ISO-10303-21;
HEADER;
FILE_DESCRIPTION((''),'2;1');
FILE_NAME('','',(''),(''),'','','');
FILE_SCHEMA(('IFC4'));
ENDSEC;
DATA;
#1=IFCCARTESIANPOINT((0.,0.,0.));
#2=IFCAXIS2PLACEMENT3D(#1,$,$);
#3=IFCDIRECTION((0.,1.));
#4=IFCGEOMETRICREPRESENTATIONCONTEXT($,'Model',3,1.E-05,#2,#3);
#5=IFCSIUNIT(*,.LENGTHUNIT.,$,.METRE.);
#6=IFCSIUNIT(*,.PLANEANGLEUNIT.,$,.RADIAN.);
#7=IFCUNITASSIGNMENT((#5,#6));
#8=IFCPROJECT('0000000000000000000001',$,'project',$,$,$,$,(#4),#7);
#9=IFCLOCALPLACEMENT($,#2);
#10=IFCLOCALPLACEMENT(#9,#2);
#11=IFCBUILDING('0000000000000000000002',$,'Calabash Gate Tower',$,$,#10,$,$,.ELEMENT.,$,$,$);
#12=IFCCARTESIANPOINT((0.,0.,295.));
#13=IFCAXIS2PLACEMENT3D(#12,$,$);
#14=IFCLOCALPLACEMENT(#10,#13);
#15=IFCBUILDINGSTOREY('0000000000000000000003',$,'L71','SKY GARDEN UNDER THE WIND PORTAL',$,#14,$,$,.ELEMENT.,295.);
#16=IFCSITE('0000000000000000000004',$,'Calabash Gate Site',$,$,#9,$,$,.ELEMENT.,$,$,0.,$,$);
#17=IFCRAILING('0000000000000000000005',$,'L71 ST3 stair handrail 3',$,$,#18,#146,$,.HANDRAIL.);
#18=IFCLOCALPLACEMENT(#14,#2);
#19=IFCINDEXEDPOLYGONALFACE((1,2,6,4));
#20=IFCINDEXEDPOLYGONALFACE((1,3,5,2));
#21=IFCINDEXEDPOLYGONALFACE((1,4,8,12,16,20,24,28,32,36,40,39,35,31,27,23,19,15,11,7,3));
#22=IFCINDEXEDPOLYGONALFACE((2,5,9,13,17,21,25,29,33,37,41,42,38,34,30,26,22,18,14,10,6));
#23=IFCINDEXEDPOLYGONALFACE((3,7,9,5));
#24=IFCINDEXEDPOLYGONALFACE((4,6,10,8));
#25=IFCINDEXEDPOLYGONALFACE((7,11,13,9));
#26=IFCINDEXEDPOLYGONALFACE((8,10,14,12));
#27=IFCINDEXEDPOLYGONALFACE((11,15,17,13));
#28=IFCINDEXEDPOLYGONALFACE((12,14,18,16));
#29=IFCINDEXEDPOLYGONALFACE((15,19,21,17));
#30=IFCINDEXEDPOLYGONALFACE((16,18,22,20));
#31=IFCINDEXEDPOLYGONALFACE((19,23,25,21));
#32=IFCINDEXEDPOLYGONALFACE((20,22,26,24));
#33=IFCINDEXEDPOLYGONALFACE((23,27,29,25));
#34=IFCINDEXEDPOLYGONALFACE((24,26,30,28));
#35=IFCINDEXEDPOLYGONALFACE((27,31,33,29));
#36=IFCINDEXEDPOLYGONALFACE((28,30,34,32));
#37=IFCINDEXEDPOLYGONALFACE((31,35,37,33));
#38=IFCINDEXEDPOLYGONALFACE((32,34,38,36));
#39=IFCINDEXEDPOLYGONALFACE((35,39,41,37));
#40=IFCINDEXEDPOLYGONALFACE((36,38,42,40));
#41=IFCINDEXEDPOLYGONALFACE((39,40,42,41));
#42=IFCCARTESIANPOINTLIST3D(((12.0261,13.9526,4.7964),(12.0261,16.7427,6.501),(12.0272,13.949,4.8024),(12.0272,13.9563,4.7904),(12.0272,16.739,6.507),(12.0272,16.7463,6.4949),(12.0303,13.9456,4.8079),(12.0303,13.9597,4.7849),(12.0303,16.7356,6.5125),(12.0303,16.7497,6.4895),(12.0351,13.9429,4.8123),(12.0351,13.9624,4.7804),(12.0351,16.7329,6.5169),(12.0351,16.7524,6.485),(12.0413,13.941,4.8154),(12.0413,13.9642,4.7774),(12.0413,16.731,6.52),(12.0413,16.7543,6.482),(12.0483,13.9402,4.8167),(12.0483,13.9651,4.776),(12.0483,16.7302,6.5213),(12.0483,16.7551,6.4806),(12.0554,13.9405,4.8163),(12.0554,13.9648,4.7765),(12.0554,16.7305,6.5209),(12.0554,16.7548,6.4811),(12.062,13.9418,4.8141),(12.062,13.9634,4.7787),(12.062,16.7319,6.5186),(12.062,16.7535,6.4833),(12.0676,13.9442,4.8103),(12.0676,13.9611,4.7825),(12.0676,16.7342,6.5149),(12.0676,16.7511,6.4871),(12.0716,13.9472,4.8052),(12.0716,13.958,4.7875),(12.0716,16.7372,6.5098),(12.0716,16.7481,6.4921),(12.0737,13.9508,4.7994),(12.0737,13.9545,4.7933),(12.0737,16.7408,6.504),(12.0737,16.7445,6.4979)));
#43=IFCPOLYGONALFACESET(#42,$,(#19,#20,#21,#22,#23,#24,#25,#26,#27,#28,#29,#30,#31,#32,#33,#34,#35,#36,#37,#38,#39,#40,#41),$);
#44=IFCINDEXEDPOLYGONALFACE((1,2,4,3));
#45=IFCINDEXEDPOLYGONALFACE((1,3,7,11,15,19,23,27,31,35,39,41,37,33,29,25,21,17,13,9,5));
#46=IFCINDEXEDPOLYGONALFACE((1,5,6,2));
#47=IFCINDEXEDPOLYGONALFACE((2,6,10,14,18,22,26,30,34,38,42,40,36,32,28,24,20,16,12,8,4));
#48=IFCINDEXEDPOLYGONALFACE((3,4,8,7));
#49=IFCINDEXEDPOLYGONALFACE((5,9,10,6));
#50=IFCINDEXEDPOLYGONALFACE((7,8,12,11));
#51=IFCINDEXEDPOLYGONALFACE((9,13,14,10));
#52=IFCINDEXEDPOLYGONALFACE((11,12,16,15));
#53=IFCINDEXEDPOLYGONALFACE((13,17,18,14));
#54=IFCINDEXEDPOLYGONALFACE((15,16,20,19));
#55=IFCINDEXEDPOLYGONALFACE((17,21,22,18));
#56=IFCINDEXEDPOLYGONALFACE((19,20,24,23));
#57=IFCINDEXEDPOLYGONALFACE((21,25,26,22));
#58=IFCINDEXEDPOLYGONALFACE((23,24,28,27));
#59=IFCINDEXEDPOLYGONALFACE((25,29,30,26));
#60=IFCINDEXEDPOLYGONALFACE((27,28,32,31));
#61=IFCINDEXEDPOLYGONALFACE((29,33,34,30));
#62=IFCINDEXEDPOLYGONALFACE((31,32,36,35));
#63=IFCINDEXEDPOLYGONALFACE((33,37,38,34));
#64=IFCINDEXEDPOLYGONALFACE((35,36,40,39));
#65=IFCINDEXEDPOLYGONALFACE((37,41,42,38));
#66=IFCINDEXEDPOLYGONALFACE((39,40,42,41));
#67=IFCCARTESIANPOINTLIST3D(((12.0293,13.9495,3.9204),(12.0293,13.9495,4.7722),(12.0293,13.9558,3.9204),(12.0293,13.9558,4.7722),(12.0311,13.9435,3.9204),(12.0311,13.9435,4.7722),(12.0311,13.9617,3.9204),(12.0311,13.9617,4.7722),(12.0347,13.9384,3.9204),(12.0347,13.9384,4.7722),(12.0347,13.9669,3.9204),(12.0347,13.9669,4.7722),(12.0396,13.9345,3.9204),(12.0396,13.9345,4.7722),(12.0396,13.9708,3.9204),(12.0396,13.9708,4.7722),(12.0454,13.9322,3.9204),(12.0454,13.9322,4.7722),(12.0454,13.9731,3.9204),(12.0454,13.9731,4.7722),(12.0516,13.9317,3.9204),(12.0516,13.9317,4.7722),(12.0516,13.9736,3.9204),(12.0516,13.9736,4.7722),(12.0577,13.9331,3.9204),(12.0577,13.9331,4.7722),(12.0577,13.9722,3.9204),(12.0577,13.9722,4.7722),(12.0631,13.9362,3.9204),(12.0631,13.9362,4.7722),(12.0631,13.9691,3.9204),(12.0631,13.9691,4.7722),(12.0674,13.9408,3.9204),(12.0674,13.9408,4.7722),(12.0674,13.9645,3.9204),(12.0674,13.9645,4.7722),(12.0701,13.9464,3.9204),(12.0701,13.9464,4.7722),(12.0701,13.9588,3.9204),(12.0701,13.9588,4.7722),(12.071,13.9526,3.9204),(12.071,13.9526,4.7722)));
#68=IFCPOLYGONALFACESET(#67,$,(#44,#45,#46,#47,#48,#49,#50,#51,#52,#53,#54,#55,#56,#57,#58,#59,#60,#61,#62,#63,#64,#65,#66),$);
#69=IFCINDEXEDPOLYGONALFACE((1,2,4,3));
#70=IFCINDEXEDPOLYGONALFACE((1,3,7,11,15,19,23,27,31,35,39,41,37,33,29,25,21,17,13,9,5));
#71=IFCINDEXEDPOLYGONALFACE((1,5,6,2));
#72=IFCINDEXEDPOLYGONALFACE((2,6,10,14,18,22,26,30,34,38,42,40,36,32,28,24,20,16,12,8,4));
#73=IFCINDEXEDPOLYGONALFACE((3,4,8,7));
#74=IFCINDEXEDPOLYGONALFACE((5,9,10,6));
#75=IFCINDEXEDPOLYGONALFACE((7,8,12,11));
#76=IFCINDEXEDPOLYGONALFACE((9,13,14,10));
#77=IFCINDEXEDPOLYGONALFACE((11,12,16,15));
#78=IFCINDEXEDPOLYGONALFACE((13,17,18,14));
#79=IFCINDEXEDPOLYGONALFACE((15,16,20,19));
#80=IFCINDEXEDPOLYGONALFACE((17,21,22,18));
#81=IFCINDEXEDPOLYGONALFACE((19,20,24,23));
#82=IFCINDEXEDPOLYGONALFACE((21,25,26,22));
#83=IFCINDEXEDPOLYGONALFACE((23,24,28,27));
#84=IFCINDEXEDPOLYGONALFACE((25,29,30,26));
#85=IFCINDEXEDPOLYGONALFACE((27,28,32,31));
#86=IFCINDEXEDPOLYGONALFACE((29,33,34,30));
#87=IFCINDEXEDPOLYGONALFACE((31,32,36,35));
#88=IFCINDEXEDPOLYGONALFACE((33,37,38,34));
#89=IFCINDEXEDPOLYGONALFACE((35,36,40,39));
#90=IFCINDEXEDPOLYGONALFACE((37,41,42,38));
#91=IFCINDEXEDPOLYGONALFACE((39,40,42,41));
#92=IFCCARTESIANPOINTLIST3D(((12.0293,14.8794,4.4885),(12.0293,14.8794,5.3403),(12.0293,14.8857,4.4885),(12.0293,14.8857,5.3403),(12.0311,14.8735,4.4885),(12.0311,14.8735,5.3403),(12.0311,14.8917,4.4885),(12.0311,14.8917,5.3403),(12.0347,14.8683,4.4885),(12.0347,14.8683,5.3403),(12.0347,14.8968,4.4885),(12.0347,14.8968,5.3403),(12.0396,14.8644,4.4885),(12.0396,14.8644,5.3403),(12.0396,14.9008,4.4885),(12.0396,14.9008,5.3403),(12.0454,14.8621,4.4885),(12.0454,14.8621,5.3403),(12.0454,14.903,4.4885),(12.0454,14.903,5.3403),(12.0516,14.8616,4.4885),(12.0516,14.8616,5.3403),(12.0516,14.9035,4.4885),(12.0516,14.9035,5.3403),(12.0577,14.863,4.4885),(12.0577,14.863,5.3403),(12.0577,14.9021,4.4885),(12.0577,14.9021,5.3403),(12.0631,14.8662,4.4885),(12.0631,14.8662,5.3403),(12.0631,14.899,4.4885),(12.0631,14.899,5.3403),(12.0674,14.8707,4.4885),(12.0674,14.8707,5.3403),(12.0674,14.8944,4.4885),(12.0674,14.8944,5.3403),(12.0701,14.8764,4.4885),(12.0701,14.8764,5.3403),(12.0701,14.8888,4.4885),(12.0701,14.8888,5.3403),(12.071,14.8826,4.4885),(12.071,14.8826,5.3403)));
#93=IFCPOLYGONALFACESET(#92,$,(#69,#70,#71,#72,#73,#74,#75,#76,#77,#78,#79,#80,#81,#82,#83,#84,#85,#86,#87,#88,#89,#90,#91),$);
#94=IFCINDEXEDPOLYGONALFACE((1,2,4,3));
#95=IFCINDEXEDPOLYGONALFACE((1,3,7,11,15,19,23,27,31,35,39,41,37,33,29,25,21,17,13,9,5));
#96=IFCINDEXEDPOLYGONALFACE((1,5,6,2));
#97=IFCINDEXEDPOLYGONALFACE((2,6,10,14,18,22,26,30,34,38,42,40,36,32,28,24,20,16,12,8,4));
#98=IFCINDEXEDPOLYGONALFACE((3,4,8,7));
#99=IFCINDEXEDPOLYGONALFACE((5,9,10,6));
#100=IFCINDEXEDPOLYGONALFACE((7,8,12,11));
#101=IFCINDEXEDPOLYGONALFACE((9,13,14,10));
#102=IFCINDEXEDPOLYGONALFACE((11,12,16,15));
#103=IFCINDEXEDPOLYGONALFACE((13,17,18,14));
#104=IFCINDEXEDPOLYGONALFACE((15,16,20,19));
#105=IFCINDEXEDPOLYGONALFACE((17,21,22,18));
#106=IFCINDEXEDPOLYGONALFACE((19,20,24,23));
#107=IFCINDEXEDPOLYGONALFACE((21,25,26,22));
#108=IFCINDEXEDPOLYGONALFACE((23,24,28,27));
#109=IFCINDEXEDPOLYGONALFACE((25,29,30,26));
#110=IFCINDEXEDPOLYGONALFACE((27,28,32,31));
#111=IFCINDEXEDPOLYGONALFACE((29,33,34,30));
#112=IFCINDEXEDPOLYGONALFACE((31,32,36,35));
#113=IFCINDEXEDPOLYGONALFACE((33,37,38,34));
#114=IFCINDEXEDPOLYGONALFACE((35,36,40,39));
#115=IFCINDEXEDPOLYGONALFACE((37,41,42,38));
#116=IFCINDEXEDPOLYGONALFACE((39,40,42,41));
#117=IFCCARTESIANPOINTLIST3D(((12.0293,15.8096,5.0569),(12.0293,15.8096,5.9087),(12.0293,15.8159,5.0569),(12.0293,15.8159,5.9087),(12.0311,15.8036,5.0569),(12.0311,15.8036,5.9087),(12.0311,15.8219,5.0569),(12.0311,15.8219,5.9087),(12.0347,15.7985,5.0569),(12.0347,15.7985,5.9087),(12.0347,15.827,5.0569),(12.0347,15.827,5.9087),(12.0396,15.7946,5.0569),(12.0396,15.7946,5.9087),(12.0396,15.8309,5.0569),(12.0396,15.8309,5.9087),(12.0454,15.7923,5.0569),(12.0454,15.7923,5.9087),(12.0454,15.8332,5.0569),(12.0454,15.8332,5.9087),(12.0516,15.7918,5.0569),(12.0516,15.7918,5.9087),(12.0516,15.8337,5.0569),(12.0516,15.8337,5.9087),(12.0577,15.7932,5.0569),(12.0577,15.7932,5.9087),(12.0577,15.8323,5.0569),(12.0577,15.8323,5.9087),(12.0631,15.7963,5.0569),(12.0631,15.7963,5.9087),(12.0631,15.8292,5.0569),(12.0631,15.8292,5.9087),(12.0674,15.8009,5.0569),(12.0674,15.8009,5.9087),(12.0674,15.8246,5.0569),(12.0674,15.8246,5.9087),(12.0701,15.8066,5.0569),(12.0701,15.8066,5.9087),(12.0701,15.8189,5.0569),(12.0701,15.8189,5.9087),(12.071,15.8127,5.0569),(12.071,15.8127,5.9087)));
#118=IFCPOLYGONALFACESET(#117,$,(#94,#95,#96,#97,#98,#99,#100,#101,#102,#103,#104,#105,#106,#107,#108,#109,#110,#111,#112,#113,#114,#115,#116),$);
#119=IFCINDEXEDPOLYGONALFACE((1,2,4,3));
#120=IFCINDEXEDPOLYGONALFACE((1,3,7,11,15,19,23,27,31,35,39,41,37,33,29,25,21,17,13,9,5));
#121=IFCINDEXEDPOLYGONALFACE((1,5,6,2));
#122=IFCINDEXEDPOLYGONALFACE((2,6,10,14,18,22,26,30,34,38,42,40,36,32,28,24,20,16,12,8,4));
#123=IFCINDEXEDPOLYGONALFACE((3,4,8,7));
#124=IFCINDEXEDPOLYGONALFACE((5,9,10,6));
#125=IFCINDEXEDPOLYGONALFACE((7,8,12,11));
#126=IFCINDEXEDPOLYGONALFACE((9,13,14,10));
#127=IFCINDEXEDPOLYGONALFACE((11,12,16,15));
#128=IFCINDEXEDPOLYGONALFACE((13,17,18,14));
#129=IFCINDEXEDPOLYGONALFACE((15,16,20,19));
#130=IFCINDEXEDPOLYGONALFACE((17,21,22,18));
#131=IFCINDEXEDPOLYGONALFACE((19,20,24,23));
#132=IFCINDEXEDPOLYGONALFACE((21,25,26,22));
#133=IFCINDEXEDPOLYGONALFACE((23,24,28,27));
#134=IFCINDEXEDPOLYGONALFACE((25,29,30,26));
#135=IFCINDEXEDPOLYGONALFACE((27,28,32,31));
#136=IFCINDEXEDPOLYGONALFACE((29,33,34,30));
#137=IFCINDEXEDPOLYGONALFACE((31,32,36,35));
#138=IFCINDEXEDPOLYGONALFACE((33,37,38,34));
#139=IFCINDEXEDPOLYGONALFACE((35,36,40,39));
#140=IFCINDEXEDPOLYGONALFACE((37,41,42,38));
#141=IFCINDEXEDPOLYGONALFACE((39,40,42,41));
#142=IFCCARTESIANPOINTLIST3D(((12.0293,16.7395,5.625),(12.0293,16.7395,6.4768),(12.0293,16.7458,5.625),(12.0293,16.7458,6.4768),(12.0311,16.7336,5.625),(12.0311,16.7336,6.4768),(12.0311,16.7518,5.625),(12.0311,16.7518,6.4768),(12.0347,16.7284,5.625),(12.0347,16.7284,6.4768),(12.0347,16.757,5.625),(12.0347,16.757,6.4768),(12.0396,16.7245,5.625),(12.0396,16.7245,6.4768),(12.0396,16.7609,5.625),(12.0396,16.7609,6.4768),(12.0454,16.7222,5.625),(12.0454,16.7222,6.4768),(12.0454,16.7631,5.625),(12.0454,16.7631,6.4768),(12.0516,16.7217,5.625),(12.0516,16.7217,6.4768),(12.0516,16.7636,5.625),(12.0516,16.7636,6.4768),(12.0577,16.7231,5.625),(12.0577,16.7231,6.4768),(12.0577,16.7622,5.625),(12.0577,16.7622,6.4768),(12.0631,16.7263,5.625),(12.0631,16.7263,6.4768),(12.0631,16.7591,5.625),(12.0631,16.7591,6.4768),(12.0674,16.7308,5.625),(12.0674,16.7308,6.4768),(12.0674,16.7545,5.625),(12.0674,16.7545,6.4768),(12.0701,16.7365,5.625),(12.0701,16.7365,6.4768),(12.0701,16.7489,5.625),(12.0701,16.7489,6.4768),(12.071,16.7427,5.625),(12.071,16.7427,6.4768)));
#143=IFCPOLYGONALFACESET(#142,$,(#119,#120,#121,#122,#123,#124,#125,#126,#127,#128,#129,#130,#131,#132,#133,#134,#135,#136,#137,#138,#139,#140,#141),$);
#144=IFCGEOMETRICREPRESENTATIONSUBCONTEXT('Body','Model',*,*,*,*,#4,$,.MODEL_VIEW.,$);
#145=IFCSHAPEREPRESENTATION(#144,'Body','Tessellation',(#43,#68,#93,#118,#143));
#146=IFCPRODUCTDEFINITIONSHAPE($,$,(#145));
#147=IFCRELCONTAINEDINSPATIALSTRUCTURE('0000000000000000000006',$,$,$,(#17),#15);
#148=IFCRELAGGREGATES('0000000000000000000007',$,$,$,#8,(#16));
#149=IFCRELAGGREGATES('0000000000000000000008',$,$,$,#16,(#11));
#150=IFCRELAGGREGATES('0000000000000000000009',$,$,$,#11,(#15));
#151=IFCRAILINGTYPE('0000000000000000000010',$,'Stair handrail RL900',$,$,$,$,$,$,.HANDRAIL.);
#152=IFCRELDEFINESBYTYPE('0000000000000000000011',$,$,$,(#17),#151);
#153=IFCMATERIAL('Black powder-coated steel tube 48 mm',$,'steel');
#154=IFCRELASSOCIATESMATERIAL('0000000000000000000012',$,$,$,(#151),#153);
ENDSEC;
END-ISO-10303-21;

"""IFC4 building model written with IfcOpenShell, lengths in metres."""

from ifc_helpers import new_model, si_unit, direction, frame, origin, origin_2d, place, context, subcontext, project, spatial, circle, extrude, material, type_object, element, save


model = new_model("IFC4")

# Units and contexts
model_context = context("Model", 3, precision=1e-05, world=origin(), true_north=direction((0.0, 1.0)))
body_context = subcontext(model_context, "Body", "Model", "MODEL_VIEW")
ifc_project = project(units=[si_unit("LENGTHUNIT", "METRE"), si_unit("PLANEANGLEUNIT", "RADIAN")], contexts=[model_context])

# Site, building, storey
site_placement = place(None, origin())
site = spatial("IfcSite", under=ifc_project, at=site_placement, Name="Calabash Gate Site", CompositionType="ELEMENT", RefElevation=0.0)
building_placement = place(site_placement, origin())
building = spatial("IfcBuilding", under=site, at=building_placement, Name="Calabash Gate Tower", CompositionType="ELEMENT")
storey_placement = place(building_placement, frame((0.0, 0.0, 295.0)))
storey = spatial("IfcBuildingStorey", under=building, at=storey_placement, Name="L71", Description="SKY GARDEN UNDER THE WIND PORTAL", CompositionType="ELEMENT", Elevation=295.0)

# Railing
ifc_material_1 = material(Name="Black powder-coated steel tube 48 mm", Category="steel")
railing_type_1 = type_object("IfcRailingType", Name="Stair handrail RL900", PredefinedType="HANDRAIL", material=ifc_material_1)
for number, where, name in (
    (1, (12.05, 13.9526, 3.9204), "L71 ST3 stair handrail 3"),
):
    element("IfcRailing", number, at=place(storey_placement, frame(where)), inside=storey, type_object=railing_type_1, Name=name, PredefinedType="HANDRAIL", context=body_context, shape_type="SweptSolid", body=[
        extrude(circle(Radius=0.0239, at=origin_2d()), frame((0.0, 0.0, 0.876), z_axis=(0.0, 0.853341, 0.521353), x_axis=(-1.0, 0.0, 0.0)), (0.0, 0.0, 1.0), 3.2695),
        extrude(circle(Radius=0.021, at=origin_2d()), origin(), (0.0, 0.0, 1.0), 0.8518),
        extrude(circle(Radius=0.021, at=origin_2d()), frame((0.0, 0.9299, 0.5681)), (0.0, 0.0, 1.0), 0.8518),
        extrude(circle(Radius=0.021, at=origin_2d()), frame((0.0, 1.8601, 1.1365)), (0.0, 0.0, 1.0), 0.8518),
        extrude(circle(Radius=0.021, at=origin_2d()), frame((0.0, 2.79, 1.7046)), (0.0, 0.0, 1.0), 0.8518),
    ])

save(model, "model.ifc")
